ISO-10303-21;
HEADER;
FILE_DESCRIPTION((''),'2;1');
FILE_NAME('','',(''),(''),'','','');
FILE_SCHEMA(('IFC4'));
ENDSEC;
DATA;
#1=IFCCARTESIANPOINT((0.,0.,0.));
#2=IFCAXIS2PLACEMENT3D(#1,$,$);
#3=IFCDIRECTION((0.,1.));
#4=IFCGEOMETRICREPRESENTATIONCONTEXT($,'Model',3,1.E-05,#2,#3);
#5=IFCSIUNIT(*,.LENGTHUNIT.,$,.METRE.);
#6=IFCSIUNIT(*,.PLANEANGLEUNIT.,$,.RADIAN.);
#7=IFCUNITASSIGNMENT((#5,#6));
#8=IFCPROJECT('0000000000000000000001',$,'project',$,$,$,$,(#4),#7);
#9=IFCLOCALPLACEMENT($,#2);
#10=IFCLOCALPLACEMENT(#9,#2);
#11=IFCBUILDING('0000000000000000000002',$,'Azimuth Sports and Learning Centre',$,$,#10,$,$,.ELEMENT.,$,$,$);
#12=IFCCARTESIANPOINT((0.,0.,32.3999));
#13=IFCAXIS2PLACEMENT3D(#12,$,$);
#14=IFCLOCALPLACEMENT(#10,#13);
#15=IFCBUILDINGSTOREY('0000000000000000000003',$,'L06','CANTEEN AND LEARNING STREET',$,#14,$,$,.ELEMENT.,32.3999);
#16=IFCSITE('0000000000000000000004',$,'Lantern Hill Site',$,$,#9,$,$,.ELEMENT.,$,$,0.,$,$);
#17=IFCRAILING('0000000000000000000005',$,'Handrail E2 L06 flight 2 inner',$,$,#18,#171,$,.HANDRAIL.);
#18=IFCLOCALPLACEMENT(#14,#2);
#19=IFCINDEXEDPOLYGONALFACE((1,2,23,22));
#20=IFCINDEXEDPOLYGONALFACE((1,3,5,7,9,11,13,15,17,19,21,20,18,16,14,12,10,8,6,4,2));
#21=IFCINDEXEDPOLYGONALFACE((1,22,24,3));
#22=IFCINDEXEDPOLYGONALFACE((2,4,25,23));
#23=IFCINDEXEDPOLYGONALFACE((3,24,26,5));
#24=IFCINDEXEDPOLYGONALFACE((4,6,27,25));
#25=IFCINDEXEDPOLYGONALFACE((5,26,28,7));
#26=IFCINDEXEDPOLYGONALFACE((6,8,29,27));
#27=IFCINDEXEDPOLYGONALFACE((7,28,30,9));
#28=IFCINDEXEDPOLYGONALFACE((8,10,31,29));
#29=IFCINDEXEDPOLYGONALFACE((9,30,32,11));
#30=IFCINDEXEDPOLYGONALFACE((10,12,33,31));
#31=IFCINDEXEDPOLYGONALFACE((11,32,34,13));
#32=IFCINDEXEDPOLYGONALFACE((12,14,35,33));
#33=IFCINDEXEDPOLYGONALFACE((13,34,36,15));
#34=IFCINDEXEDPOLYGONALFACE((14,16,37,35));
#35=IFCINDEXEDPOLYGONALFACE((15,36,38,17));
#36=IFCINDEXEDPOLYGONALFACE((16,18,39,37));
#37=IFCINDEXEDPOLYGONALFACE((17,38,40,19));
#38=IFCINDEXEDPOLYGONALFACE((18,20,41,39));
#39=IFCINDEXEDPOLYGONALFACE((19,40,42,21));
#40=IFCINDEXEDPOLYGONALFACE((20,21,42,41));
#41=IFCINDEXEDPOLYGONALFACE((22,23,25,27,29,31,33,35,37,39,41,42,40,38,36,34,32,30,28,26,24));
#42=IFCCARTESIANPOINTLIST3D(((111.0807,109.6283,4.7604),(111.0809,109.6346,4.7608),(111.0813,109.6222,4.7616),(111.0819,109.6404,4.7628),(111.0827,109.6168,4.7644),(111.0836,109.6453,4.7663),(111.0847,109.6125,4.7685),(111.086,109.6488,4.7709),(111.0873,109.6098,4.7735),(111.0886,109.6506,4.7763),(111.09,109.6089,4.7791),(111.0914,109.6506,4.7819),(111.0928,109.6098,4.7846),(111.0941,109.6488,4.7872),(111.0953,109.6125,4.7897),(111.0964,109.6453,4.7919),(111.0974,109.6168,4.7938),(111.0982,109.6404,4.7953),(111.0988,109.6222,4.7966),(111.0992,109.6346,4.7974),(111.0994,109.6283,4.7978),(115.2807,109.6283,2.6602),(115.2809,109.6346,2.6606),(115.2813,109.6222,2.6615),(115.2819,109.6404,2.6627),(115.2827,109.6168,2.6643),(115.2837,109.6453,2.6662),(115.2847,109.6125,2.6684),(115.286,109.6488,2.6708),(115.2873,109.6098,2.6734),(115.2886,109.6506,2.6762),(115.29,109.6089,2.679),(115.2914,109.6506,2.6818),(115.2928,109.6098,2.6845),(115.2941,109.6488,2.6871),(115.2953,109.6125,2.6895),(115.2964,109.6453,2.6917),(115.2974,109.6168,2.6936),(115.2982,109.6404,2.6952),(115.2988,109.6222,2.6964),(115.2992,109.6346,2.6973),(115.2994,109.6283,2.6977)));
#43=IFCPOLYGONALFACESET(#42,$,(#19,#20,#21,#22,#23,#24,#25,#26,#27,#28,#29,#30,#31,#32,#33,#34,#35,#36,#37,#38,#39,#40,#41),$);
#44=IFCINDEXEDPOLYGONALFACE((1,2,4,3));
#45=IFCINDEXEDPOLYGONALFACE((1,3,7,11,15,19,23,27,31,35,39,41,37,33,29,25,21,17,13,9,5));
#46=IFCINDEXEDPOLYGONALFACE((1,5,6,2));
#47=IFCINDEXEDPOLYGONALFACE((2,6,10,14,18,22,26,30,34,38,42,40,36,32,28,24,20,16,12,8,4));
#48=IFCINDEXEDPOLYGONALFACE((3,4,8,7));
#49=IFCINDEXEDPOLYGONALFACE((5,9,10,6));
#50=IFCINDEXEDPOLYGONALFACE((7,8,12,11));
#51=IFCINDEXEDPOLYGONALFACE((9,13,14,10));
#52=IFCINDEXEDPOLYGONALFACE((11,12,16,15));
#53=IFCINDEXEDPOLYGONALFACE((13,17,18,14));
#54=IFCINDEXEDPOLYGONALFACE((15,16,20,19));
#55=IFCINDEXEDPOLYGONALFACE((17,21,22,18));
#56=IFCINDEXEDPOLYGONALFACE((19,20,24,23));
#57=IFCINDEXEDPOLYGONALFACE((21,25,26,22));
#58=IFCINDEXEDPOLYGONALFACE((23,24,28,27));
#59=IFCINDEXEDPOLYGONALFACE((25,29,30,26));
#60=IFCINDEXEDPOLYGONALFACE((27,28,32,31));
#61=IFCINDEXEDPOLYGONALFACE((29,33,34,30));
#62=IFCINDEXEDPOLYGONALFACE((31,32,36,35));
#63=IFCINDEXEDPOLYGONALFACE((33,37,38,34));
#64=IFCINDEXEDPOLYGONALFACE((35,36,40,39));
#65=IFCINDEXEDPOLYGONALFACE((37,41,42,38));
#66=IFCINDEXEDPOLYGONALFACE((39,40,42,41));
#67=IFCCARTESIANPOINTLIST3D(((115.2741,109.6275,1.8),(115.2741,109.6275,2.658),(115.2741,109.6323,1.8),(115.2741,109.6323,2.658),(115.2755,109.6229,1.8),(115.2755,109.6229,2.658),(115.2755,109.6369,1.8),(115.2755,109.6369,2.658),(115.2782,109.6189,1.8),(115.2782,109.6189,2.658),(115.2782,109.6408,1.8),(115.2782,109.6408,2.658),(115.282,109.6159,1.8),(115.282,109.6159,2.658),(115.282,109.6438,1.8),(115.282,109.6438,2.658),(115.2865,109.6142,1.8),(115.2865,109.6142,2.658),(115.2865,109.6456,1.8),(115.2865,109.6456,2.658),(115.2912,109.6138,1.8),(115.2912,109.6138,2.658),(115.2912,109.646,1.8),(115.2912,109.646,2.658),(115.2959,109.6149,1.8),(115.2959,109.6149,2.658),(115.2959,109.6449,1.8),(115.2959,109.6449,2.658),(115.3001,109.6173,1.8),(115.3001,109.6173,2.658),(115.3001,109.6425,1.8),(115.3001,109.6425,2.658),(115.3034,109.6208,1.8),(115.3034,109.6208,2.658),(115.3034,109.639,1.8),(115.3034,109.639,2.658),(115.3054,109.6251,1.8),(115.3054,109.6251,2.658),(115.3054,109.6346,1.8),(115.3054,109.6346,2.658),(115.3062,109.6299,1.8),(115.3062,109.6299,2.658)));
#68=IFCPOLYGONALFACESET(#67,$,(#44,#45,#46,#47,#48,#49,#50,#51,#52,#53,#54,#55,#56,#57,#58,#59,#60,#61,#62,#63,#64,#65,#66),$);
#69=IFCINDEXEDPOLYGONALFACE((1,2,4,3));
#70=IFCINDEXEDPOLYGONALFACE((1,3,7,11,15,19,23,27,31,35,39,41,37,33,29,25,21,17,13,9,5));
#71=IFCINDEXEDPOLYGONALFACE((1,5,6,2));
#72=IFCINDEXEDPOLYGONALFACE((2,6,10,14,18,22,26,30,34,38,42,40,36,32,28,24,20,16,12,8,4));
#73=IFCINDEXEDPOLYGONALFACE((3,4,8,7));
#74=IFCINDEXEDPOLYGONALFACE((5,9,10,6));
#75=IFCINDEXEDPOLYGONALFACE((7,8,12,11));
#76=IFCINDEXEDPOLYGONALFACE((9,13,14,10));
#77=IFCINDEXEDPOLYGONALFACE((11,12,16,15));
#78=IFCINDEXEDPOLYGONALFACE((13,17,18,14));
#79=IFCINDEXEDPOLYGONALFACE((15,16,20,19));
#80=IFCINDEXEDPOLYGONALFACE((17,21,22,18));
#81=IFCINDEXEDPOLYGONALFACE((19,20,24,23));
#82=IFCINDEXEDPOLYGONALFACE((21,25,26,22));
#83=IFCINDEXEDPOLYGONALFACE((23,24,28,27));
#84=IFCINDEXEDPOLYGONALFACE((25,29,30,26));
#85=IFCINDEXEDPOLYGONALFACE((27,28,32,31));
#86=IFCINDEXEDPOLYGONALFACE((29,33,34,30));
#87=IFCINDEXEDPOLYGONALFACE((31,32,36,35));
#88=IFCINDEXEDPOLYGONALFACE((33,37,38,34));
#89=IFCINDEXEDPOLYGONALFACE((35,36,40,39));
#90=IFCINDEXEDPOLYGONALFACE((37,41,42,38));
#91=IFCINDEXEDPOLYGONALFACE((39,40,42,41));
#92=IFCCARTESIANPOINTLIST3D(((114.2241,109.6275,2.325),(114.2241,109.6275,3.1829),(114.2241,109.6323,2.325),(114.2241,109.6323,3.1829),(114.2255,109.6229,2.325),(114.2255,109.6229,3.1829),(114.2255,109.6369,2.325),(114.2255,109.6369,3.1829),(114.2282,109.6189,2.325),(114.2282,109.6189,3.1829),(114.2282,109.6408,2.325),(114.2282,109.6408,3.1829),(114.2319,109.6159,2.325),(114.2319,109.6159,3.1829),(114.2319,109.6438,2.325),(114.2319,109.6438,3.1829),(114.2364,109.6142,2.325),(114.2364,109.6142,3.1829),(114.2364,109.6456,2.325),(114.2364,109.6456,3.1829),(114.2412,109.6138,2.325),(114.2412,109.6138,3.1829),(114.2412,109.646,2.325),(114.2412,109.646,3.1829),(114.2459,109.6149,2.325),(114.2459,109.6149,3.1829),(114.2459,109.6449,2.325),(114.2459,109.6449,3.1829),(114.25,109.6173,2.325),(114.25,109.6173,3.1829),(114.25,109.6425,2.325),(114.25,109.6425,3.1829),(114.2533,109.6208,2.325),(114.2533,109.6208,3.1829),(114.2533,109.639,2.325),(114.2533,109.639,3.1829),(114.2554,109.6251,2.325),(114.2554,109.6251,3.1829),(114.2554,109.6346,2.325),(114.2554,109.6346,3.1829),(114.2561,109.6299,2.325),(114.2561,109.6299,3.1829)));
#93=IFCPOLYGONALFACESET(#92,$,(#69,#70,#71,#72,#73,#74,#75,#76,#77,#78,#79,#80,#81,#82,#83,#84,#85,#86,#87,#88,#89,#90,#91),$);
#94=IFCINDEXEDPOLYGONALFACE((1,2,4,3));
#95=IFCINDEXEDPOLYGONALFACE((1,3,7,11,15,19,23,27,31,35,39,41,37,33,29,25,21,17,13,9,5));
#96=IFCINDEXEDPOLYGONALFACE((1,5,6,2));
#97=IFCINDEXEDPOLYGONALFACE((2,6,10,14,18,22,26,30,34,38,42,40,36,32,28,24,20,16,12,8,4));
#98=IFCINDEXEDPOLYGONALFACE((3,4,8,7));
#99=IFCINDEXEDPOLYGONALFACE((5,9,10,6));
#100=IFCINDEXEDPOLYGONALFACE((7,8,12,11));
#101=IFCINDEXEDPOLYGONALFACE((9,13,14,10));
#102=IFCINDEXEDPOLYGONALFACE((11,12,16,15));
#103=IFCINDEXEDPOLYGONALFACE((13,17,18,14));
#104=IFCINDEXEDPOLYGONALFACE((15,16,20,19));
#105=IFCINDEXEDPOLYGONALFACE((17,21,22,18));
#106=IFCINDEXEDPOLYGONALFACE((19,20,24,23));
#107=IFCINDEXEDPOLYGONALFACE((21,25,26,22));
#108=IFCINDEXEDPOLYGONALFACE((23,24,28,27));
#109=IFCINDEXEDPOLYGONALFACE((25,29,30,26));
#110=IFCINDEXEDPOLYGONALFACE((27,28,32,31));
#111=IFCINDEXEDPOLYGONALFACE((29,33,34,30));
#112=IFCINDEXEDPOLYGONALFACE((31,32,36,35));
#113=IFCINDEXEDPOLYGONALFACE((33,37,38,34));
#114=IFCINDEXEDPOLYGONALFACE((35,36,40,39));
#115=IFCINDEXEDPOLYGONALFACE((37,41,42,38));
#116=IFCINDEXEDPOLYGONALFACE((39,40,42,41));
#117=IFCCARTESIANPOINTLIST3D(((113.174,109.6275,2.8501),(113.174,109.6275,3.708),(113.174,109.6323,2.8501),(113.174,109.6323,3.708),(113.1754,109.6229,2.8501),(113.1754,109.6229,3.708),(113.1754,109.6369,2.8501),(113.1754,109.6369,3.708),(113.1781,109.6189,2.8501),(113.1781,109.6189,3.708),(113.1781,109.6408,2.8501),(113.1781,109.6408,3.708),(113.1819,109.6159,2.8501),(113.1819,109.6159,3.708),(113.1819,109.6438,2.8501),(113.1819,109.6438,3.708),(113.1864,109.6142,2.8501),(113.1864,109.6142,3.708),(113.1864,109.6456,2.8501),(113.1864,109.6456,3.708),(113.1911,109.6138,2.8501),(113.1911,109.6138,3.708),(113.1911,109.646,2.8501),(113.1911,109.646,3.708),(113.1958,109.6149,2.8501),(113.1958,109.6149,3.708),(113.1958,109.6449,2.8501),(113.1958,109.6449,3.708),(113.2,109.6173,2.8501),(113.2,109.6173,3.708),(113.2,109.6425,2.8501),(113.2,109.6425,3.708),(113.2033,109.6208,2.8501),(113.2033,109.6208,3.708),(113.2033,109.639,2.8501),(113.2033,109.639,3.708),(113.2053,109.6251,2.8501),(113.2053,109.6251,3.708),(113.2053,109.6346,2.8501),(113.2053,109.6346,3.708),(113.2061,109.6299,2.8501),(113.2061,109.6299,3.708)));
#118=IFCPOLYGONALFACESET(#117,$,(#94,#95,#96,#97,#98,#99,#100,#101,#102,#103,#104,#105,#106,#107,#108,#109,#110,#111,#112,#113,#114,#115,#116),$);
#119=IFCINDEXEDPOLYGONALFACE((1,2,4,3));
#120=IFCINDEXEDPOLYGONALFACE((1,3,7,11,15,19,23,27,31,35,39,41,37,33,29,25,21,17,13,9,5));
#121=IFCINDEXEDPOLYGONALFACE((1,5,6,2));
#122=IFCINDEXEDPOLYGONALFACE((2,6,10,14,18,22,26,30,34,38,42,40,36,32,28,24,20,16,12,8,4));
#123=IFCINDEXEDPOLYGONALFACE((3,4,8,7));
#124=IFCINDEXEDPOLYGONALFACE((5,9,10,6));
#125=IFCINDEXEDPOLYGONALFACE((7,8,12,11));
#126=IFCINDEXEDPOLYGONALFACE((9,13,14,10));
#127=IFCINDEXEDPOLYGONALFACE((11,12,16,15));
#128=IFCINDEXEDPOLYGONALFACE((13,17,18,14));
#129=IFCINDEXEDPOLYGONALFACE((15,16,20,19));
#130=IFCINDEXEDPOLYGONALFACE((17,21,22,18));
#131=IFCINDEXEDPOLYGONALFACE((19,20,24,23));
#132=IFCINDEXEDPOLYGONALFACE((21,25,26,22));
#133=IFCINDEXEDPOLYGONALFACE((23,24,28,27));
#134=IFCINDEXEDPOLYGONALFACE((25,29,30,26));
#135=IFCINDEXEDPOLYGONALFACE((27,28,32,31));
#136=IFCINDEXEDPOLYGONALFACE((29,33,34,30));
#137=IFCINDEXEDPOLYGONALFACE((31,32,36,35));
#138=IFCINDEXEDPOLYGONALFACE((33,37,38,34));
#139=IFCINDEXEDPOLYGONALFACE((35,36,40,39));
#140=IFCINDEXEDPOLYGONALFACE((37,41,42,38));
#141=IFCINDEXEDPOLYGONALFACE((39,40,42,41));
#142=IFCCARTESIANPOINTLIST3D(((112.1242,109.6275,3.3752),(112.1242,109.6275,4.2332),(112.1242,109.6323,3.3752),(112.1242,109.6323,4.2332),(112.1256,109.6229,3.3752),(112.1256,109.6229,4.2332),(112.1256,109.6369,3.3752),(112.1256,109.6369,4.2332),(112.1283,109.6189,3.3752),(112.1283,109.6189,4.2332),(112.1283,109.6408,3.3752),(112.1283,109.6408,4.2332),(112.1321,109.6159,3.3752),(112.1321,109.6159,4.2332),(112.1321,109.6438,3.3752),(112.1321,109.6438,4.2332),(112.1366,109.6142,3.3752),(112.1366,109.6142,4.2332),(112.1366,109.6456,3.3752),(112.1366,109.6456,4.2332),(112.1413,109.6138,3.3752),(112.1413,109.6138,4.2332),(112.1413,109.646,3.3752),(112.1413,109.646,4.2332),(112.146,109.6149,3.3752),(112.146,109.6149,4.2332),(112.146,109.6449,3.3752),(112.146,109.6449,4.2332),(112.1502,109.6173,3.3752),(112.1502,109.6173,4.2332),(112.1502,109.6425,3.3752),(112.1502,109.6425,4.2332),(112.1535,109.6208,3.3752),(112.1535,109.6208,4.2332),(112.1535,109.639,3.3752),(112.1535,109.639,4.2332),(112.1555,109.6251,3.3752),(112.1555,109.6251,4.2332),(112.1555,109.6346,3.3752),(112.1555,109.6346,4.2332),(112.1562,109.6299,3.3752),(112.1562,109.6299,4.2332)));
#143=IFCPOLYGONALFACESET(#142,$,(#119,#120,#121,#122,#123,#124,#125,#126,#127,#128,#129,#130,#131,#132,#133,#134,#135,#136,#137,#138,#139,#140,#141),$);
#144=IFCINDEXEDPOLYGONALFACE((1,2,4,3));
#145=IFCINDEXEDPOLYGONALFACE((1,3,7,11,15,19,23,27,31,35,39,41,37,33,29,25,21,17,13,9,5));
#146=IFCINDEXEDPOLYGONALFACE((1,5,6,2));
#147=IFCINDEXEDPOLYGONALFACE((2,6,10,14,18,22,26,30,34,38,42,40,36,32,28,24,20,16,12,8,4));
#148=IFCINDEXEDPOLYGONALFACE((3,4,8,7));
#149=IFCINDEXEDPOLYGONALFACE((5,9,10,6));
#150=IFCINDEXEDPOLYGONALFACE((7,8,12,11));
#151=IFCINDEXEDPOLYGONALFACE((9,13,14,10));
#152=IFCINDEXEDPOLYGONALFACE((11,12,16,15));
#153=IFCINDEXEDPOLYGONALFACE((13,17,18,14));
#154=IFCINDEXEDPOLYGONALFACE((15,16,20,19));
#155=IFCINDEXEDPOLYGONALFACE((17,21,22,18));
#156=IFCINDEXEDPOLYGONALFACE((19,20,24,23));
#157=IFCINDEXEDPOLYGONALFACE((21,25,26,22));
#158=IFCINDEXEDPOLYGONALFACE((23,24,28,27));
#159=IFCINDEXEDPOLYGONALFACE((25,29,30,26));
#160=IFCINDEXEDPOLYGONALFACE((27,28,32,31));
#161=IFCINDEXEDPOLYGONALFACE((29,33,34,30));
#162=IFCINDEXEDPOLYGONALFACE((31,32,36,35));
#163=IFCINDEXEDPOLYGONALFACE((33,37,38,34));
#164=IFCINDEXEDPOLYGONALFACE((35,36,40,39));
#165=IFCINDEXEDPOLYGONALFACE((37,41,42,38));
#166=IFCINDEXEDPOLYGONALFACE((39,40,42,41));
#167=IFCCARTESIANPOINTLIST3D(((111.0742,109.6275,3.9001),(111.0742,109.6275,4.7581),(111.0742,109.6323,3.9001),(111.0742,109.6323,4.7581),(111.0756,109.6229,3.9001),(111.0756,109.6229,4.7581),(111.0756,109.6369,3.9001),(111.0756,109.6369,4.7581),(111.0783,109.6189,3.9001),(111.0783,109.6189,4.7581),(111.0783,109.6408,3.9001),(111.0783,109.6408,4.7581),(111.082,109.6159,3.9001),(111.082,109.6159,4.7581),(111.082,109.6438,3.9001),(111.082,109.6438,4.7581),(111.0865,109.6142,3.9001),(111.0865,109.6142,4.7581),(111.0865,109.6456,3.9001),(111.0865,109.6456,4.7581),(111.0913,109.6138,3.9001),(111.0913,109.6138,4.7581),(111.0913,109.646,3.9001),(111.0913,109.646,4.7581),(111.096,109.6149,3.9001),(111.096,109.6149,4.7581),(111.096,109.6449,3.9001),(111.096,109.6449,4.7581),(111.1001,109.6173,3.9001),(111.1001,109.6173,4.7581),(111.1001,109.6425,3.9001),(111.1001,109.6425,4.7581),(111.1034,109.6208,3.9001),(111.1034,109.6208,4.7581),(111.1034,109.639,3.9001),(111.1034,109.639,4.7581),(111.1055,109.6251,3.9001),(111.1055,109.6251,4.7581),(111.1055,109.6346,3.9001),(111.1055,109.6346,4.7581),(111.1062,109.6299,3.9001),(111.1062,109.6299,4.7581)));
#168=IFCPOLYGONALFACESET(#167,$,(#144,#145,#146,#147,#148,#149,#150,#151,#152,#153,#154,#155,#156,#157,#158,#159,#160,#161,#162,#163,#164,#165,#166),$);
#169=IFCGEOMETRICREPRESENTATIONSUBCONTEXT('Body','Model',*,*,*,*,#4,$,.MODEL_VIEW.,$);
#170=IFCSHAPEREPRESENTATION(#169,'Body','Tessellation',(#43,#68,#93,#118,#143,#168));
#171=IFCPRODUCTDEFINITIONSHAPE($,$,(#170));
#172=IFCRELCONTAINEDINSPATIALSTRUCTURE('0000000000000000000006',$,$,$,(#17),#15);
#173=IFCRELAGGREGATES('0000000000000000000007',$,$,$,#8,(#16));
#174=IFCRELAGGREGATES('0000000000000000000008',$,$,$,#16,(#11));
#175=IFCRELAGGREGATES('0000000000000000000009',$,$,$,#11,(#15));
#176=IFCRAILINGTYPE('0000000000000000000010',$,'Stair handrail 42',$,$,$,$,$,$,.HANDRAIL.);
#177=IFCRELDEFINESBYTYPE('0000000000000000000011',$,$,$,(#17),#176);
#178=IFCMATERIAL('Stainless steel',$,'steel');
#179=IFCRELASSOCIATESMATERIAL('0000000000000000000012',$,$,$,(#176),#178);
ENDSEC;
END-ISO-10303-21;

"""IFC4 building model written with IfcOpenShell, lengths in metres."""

from ifc_helpers import new_model, si_unit, direction, frame, origin, origin_2d, place, context, subcontext, project, spatial, circle, extrude, material, type_object, element, save


model = new_model("IFC4")

# Units and contexts
model_context = context("Model", 3, precision=1e-05, world=origin(), true_north=direction((0.0, 1.0)))
body_context = subcontext(model_context, "Body", "Model", "MODEL_VIEW")
ifc_project = project(units=[si_unit("LENGTHUNIT", "METRE"), si_unit("PLANEANGLEUNIT", "RADIAN")], contexts=[model_context])

# Site, building, storey
site_placement = place(None, origin())
site = spatial("IfcSite", under=ifc_project, at=site_placement, Name="Lantern Hill Site", CompositionType="ELEMENT", RefElevation=0.0)
building_placement = place(site_placement, origin())
building = spatial("IfcBuilding", under=site, at=building_placement, Name="Azimuth Sports and Learning Centre", CompositionType="ELEMENT")
storey_placement = place(building_placement, frame((0.0, 0.0, 32.3999)))
storey = spatial("IfcBuildingStorey", under=building, at=storey_placement, Name="L06", Description="CANTEEN AND LEARNING STREET", CompositionType="ELEMENT", Elevation=32.3999)

# Railing
ifc_material_1 = material(Name="Stainless steel", Category="steel")
railing_type_1 = type_object("IfcRailingType", Name="Stair handrail 42", PredefinedType="HANDRAIL", material=ifc_material_1)
railing_1_placement = place(storey_placement, frame((115.29, 109.6299, 1.8)))
element("IfcRailing", 1, at=railing_1_placement, inside=storey, type_object=railing_type_1, Name="Handrail E2 L06 flight 2 inner", PredefinedType="HANDRAIL", context=body_context, shape_type="SweptSolid", body=[
    extrude(circle(Radius=0.021, at=origin_2d()), frame((0.0, 0.0, 0.8789), z_axis=(-0.894417, 0.0, 0.447234), x_axis=(0.0, -1.0, 0.0)), (0.0, 0.0, 1.0), 4.6958),
    extrude(circle(Radius=0.0161, at=origin_2d()), origin(), (0.0, 0.0, 1.0), 0.8579),
    extrude(circle(Radius=0.0161, at=origin_2d()), frame((-1.05, 0.0, 0.5249)), (0.0, 0.0, 1.0), 0.8579),
    extrude(circle(Radius=0.0161, at=origin_2d()), frame((-2.1001, 0.0, 1.05)), (0.0, 0.0, 1.0), 0.8579),
    extrude(circle(Radius=0.0161, at=origin_2d()), frame((-3.1499, 0.0, 1.5752)), (0.0, 0.0, 1.0), 0.8579),
    extrude(circle(Radius=0.0161, at=origin_2d()), frame((-4.2, 0.0, 2.1001)), (0.0, 0.0, 1.0), 0.8579),
])

save(model, "model.ifc")
